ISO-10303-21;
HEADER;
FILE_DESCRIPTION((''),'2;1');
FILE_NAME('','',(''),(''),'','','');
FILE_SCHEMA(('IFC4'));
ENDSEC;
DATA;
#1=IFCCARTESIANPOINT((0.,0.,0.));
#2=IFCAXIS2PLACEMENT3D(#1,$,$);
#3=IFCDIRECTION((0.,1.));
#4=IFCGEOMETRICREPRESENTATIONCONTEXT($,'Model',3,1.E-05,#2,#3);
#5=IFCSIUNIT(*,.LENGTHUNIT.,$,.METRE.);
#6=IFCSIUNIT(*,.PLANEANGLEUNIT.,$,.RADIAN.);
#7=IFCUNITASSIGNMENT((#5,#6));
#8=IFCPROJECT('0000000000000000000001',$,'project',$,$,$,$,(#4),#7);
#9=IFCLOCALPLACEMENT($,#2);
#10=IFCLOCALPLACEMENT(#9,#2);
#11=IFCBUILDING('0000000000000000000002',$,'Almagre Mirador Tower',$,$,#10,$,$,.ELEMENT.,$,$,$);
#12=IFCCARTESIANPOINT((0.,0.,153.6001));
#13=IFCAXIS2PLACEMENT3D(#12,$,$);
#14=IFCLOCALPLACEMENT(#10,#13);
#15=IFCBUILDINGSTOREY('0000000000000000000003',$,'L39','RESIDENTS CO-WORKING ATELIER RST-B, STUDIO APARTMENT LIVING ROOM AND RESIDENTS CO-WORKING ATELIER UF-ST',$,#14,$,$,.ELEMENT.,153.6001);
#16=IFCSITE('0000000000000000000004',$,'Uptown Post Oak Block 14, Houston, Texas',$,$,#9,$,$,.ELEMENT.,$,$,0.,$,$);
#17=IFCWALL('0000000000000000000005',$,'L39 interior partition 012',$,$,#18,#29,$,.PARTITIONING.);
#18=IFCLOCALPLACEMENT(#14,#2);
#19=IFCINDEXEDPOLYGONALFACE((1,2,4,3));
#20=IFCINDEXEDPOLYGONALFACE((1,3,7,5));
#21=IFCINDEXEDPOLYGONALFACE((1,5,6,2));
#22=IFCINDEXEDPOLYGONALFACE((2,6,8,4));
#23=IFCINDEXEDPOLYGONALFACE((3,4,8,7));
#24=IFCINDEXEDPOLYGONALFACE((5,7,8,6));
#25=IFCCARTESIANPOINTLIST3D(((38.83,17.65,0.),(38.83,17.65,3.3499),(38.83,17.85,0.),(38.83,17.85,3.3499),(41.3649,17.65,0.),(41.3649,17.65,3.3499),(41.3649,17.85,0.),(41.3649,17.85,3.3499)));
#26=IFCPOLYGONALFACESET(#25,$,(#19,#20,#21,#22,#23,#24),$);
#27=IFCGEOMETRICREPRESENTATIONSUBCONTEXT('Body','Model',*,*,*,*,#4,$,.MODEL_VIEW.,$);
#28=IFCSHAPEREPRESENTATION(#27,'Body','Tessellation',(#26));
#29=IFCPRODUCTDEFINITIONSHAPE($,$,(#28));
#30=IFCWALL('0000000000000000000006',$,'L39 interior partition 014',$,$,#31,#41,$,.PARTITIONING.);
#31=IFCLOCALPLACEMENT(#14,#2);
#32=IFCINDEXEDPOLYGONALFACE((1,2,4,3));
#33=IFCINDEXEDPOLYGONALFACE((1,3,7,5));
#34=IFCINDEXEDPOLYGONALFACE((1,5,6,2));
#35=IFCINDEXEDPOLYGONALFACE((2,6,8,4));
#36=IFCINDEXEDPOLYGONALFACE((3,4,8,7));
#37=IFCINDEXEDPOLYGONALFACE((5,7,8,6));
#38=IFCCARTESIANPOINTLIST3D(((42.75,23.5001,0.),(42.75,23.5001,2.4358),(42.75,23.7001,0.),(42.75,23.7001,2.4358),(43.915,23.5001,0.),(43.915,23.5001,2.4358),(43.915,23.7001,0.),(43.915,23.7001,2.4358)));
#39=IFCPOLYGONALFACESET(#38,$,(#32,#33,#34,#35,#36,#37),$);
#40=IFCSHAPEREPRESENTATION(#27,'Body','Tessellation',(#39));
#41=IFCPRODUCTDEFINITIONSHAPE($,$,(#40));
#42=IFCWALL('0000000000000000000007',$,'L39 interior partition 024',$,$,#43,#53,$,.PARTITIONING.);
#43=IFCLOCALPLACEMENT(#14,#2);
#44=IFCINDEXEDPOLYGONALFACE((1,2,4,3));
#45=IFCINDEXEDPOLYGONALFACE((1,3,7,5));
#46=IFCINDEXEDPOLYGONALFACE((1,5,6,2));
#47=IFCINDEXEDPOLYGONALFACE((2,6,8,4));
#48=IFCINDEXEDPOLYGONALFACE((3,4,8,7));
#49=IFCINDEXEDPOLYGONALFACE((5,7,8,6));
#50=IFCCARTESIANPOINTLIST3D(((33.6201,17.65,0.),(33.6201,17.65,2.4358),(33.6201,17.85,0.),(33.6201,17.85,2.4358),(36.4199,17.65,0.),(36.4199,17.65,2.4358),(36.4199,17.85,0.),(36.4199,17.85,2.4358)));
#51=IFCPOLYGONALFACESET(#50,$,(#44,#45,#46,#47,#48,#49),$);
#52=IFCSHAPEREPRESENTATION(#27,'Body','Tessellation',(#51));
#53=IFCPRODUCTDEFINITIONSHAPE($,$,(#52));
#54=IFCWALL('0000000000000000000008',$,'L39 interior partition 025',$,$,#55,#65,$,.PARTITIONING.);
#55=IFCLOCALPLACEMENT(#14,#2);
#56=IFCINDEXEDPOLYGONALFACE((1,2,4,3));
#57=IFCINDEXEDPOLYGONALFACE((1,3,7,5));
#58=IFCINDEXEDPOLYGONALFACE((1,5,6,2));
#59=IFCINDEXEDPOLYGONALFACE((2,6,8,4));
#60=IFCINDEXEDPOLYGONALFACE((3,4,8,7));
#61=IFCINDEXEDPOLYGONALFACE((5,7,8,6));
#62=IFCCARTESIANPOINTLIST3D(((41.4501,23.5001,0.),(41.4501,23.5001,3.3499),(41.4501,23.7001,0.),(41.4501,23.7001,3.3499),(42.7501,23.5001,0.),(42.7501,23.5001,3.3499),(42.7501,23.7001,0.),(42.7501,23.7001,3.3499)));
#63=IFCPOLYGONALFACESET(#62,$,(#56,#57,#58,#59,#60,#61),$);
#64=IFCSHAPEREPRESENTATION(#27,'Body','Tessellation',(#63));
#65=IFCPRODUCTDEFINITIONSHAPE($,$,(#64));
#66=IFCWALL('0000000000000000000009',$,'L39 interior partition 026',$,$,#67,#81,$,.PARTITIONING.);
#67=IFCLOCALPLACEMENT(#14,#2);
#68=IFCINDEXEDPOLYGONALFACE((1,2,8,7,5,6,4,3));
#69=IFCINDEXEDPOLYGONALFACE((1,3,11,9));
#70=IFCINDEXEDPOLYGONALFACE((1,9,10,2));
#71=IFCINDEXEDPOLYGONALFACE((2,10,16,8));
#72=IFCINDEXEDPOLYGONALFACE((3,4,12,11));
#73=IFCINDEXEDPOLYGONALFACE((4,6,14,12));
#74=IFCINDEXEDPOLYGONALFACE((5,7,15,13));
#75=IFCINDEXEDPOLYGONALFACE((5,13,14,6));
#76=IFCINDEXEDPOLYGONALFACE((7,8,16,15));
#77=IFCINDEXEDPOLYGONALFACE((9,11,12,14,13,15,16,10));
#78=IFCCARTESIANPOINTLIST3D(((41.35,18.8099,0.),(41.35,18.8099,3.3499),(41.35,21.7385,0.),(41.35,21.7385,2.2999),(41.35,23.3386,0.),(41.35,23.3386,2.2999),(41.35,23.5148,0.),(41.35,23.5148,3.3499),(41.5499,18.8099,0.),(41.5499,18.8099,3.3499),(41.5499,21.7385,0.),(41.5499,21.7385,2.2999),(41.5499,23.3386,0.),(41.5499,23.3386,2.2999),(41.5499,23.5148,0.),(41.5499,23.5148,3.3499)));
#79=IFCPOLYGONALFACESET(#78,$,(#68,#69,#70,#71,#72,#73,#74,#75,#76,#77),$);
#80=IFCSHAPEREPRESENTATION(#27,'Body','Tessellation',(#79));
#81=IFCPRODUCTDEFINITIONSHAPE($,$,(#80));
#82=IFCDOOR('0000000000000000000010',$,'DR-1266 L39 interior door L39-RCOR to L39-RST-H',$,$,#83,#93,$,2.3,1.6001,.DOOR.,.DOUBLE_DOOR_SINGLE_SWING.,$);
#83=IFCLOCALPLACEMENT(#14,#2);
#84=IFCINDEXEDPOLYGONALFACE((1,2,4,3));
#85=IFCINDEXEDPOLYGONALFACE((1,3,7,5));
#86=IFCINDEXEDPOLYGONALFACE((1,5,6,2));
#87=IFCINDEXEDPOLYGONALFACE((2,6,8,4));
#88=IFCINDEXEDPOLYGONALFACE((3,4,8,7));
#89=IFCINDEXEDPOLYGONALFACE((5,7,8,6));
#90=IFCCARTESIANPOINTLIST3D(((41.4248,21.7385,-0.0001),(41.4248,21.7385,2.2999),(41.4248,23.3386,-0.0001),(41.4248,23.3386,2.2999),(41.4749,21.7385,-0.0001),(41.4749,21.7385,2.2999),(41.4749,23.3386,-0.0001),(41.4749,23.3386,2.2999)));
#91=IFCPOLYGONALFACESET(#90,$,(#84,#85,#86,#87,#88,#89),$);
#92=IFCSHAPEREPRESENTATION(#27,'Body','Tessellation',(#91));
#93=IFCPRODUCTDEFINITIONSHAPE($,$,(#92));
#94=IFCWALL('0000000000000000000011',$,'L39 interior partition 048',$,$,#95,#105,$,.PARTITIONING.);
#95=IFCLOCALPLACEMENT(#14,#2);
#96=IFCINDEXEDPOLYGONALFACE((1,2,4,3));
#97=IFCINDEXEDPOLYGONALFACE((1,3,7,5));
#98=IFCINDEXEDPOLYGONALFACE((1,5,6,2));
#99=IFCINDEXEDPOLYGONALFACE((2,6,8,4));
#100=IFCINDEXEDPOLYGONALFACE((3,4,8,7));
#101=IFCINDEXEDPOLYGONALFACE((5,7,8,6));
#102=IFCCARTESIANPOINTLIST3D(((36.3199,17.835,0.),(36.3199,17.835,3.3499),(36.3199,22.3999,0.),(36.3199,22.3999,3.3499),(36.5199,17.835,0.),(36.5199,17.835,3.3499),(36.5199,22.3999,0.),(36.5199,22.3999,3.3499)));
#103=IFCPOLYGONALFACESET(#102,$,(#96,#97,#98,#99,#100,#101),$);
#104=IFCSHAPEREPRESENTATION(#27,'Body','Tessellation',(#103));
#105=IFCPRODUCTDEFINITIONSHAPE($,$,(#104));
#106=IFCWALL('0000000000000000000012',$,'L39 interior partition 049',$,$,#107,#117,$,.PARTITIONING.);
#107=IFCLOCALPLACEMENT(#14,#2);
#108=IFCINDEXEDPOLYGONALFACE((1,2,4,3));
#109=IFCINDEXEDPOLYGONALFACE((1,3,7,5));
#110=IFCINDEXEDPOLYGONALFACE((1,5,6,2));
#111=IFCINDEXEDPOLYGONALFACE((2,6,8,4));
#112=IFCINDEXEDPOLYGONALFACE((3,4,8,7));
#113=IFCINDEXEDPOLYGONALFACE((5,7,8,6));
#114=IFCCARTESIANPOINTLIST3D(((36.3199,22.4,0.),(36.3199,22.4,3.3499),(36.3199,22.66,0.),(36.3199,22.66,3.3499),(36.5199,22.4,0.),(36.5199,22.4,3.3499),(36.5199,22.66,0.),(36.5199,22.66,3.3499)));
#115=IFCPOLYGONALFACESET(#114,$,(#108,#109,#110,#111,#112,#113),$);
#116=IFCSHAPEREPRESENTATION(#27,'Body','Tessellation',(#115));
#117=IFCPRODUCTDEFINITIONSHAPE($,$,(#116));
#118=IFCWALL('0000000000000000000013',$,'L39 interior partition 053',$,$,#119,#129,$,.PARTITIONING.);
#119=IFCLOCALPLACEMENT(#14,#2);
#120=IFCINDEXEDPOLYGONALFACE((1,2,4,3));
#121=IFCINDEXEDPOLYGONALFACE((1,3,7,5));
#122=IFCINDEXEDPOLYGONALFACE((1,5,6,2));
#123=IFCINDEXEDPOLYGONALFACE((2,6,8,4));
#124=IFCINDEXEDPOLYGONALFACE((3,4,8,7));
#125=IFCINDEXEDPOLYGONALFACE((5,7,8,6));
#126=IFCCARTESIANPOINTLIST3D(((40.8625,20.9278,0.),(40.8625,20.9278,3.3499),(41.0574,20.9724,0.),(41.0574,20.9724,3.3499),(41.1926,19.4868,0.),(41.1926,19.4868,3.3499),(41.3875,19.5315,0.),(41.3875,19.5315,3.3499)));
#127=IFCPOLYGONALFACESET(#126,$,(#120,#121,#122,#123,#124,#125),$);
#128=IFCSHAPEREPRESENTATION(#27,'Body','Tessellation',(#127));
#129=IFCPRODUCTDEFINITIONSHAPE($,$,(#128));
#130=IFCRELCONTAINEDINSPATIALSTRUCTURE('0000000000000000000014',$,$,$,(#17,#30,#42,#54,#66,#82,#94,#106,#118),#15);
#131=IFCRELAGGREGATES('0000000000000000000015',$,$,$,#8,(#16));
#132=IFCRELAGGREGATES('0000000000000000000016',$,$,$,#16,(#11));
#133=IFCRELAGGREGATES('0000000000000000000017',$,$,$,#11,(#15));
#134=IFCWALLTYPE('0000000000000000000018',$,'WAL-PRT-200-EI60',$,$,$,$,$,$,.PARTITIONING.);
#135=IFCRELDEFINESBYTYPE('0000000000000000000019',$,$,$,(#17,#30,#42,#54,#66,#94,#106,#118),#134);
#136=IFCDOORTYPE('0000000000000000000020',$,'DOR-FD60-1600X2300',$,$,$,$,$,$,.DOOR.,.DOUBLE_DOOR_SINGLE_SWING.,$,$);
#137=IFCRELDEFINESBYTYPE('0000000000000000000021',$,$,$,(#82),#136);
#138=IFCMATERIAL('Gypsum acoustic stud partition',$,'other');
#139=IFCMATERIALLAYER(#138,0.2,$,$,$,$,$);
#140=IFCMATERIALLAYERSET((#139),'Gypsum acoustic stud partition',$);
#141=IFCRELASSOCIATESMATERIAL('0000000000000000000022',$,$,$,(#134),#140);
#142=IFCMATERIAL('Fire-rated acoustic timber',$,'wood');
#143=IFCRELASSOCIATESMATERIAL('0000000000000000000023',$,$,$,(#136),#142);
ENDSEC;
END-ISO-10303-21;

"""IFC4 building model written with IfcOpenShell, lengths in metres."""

from ifc_helpers import new_model, si_unit, direction, frame, frame_2d, origin, place, context, subcontext, project, spatial, rectangle, extrude, material, layer, layer_set, type_object, element, fill, save


model = new_model("IFC4")

# Units and contexts
model_context = context("Model", 3, precision=1e-05, world=origin(), true_north=direction((0.0, 1.0)))
body_context = subcontext(model_context, "Body", "Model", "MODEL_VIEW")
ifc_project = project(units=[si_unit("LENGTHUNIT", "METRE"), si_unit("PLANEANGLEUNIT", "RADIAN")], contexts=[model_context])

# Site, building, storey
site_placement = place(None, origin())
site = spatial("IfcSite", under=ifc_project, at=site_placement, Name="Uptown Post Oak Block 14, Houston, Texas", CompositionType="ELEMENT", RefElevation=0.0)
building_placement = place(site_placement, origin())
building = spatial("IfcBuilding", under=site, at=building_placement, Name="Almagre Mirador Tower", CompositionType="ELEMENT")
storey_placement = place(building_placement, frame((0.0, 0.0, 153.6001)))
storey = spatial("IfcBuildingStorey", under=building, at=storey_placement, Name="L39", Description="RESIDENTS CO-WORKING ATELIER RST-B, STUDIO APARTMENT LIVING ROOM AND RESIDENTS CO-WORKING ATELIER UF-ST", CompositionType="ELEMENT", Elevation=153.6001)

# Shared definitions
ifc_material_1 = material(Name="Gypsum acoustic stud partition", Category="other")
ifc_layer_1 = layer(ifc_material_1, 0.2)
ifc_layer_set_1 = layer_set([ifc_layer_1], Name="Gypsum acoustic stud partition")
wall_type_1 = type_object("IfcWallType", Name="WAL-PRT-200-EI60", PredefinedType="PARTITIONING", material=ifc_layer_set_1)

# Walls
wall_1_placement = place(storey_placement, frame((41.365, 17.75, 0.0), z_axis=(0.0, 0.0, 1.0), x_axis=(-1.0, 0.0, 0.0)))
element("IfcWall", 1, at=wall_1_placement, inside=storey, type_object=wall_type_1, Name="L39 interior partition 012", PredefinedType="PARTITIONING", context=body_context, shape_type="SweptSolid", body=[
    extrude(rectangle(XDim=2.5349, YDim=0.2, at=frame_2d((1.2676, 0.0))), origin(), (0.0, 0.0, 1.0), 3.3499),
])
wall_2_placement = place(storey_placement, frame((43.915, 23.6001, 0.0), z_axis=(0.0, 0.0, 1.0), x_axis=(-1.0, 0.0, 0.0)))
element("IfcWall", 2, at=wall_2_placement, inside=storey, type_object=wall_type_1, Name="L39 interior partition 014", PredefinedType="PARTITIONING", context=body_context, shape_type="SweptSolid", body=[
    extrude(rectangle(XDim=1.165, YDim=0.2, at=frame_2d((0.5825, 0.0))), origin(), (0.0, 0.0, 1.0), 2.4358),
])
wall_3_placement = place(storey_placement, frame((36.4199, 17.75, 0.0), z_axis=(0.0, 0.0, 1.0), x_axis=(-1.0, 0.0, 0.0)))
element("IfcWall", 3, at=wall_3_placement, inside=storey, type_object=wall_type_1, Name="L39 interior partition 024", PredefinedType="PARTITIONING", context=body_context, shape_type="SweptSolid", body=[
    extrude(rectangle(XDim=2.7998, YDim=0.2, at=frame_2d((1.3999, 0.0))), origin(), (0.0, 0.0, 1.0), 2.4358),
])
wall_4_placement = place(storey_placement, frame((42.75, 23.6001, 0.0), z_axis=(0.0, 0.0, 1.0), x_axis=(-1.0, 0.0, 0.0)))
element("IfcWall", 4, at=wall_4_placement, inside=storey, type_object=wall_type_1, Name="L39 interior partition 025", PredefinedType="PARTITIONING", context=body_context, shape_type="SweptSolid", body=[
    extrude(rectangle(XDim=1.3, YDim=0.2, at=frame_2d((0.6499, 0.0))), origin(), (0.0, 0.0, 1.0), 3.3499),
])

# Wall, opening, door
wall_5_placement = place(storey_placement, frame((41.45, 23.5149, 0.0), z_axis=(0.0, 0.0, 1.0), x_axis=(0.0, -1.0, 0.0)))
wall_5 = element("IfcWall", 5, at=wall_5_placement, inside=storey, type_object=wall_type_1, Name="L39 interior partition 026", PredefinedType="PARTITIONING", context=body_context, shape_type="SweptSolid", body=[
    extrude(rectangle(XDim=4.7048, YDim=0.2, at=frame_2d((2.3525, 0.0))), origin(), (0.0, 0.0, 1.0), 3.3499),
])
opening_1_placement = place(wall_5_placement, frame((0.1763, 0.0, 0.0)))
opening_1 = element("IfcOpeningElement", 6, at=opening_1_placement, cuts=wall_5, PredefinedType="OPENING", context=body_context, shape_type="SweptSolid", body=[
    extrude(rectangle(XDim=1.6001, YDim=2.3, at=frame_2d((0.8, 1.1499))), frame((0.0, 0.1101, 0.0), z_axis=(0.0, -1.0, 0.0), x_axis=(1.0, 0.0, 0.0)), (0.0, 0.0, 1.0), 0.22),
])
ifc_material_2 = material(Name="Fire-rated acoustic timber", Category="wood")
door_type_1 = type_object("IfcDoorType", Name="DOR-FD60-1600X2300", OperationType="DOUBLE_DOOR_SINGLE_SWING", PredefinedType="DOOR", material=ifc_material_2)
door_1_placement = place(opening_1_placement, origin())
door_1 = element("IfcDoor", 7, at=door_1_placement, inside=storey, type_object=door_type_1, Name="DR-1266 L39 interior door L39-RCOR to L39-RST-H", OperationType="DOUBLE_DOOR_SINGLE_SWING", OverallHeight=2.3, OverallWidth=1.6001, PredefinedType="DOOR", context=body_context, shape_type="SweptSolid", body=[
    extrude(rectangle(XDim=1.6001, YDim=2.3, at=frame_2d((0.8, 1.1499))), frame((0.0, 0.0249, 0.0), z_axis=(0.0, -1.0, 0.0), x_axis=(1.0, 0.0, 0.0)), (0.0, 0.0, 1.0), 0.05),
])
fill(opening_1, door_1)

# Walls
wall_6_placement = place(storey_placement, frame((36.4199, 22.3999, 0.0), z_axis=(0.0, 0.0, 1.0), x_axis=(0.0, -1.0, 0.0)))
element("IfcWall", 8, at=wall_6_placement, inside=storey, type_object=wall_type_1, Name="L39 interior partition 048", PredefinedType="PARTITIONING", context=body_context, shape_type="SweptSolid", body=[
    extrude(rectangle(XDim=4.5649, YDim=0.2, at=frame_2d((2.2825, 0.0))), origin(), (0.0, 0.0, 1.0), 3.3499),
])
wall_7_placement = place(storey_placement, frame((36.4199, 22.6599, 0.0), z_axis=(0.0, 0.0, 1.0), x_axis=(0.0, -1.0, 0.0)))
element("IfcWall", 9, at=wall_7_placement, inside=storey, type_object=wall_type_1, Name="L39 interior partition 049", PredefinedType="PARTITIONING", context=body_context, shape_type="SweptSolid", body=[
    extrude(rectangle(XDim=0.26, YDim=0.2, at=frame_2d((0.1299, 0.0))), origin(), (0.0, 0.0, 1.0), 3.3499),
])
wall_8_placement = place(storey_placement, frame((41.29, 19.509, 0.0), z_axis=(0.0, 0.0, 1.0), x_axis=(-0.223291, 0.974752, 0.0)))
element("IfcWall", 10, at=wall_8_placement, inside=storey, type_object=wall_type_1, Name="L39 interior partition 053", PredefinedType="PARTITIONING", context=body_context, shape_type="SweptSolid", body=[
    extrude(rectangle(XDim=1.4783, YDim=0.2, at=frame_2d((0.7393, 0.0))), origin(), (0.0, 0.0, 1.0), 3.3499),
])

save(model, "model.ifc")
